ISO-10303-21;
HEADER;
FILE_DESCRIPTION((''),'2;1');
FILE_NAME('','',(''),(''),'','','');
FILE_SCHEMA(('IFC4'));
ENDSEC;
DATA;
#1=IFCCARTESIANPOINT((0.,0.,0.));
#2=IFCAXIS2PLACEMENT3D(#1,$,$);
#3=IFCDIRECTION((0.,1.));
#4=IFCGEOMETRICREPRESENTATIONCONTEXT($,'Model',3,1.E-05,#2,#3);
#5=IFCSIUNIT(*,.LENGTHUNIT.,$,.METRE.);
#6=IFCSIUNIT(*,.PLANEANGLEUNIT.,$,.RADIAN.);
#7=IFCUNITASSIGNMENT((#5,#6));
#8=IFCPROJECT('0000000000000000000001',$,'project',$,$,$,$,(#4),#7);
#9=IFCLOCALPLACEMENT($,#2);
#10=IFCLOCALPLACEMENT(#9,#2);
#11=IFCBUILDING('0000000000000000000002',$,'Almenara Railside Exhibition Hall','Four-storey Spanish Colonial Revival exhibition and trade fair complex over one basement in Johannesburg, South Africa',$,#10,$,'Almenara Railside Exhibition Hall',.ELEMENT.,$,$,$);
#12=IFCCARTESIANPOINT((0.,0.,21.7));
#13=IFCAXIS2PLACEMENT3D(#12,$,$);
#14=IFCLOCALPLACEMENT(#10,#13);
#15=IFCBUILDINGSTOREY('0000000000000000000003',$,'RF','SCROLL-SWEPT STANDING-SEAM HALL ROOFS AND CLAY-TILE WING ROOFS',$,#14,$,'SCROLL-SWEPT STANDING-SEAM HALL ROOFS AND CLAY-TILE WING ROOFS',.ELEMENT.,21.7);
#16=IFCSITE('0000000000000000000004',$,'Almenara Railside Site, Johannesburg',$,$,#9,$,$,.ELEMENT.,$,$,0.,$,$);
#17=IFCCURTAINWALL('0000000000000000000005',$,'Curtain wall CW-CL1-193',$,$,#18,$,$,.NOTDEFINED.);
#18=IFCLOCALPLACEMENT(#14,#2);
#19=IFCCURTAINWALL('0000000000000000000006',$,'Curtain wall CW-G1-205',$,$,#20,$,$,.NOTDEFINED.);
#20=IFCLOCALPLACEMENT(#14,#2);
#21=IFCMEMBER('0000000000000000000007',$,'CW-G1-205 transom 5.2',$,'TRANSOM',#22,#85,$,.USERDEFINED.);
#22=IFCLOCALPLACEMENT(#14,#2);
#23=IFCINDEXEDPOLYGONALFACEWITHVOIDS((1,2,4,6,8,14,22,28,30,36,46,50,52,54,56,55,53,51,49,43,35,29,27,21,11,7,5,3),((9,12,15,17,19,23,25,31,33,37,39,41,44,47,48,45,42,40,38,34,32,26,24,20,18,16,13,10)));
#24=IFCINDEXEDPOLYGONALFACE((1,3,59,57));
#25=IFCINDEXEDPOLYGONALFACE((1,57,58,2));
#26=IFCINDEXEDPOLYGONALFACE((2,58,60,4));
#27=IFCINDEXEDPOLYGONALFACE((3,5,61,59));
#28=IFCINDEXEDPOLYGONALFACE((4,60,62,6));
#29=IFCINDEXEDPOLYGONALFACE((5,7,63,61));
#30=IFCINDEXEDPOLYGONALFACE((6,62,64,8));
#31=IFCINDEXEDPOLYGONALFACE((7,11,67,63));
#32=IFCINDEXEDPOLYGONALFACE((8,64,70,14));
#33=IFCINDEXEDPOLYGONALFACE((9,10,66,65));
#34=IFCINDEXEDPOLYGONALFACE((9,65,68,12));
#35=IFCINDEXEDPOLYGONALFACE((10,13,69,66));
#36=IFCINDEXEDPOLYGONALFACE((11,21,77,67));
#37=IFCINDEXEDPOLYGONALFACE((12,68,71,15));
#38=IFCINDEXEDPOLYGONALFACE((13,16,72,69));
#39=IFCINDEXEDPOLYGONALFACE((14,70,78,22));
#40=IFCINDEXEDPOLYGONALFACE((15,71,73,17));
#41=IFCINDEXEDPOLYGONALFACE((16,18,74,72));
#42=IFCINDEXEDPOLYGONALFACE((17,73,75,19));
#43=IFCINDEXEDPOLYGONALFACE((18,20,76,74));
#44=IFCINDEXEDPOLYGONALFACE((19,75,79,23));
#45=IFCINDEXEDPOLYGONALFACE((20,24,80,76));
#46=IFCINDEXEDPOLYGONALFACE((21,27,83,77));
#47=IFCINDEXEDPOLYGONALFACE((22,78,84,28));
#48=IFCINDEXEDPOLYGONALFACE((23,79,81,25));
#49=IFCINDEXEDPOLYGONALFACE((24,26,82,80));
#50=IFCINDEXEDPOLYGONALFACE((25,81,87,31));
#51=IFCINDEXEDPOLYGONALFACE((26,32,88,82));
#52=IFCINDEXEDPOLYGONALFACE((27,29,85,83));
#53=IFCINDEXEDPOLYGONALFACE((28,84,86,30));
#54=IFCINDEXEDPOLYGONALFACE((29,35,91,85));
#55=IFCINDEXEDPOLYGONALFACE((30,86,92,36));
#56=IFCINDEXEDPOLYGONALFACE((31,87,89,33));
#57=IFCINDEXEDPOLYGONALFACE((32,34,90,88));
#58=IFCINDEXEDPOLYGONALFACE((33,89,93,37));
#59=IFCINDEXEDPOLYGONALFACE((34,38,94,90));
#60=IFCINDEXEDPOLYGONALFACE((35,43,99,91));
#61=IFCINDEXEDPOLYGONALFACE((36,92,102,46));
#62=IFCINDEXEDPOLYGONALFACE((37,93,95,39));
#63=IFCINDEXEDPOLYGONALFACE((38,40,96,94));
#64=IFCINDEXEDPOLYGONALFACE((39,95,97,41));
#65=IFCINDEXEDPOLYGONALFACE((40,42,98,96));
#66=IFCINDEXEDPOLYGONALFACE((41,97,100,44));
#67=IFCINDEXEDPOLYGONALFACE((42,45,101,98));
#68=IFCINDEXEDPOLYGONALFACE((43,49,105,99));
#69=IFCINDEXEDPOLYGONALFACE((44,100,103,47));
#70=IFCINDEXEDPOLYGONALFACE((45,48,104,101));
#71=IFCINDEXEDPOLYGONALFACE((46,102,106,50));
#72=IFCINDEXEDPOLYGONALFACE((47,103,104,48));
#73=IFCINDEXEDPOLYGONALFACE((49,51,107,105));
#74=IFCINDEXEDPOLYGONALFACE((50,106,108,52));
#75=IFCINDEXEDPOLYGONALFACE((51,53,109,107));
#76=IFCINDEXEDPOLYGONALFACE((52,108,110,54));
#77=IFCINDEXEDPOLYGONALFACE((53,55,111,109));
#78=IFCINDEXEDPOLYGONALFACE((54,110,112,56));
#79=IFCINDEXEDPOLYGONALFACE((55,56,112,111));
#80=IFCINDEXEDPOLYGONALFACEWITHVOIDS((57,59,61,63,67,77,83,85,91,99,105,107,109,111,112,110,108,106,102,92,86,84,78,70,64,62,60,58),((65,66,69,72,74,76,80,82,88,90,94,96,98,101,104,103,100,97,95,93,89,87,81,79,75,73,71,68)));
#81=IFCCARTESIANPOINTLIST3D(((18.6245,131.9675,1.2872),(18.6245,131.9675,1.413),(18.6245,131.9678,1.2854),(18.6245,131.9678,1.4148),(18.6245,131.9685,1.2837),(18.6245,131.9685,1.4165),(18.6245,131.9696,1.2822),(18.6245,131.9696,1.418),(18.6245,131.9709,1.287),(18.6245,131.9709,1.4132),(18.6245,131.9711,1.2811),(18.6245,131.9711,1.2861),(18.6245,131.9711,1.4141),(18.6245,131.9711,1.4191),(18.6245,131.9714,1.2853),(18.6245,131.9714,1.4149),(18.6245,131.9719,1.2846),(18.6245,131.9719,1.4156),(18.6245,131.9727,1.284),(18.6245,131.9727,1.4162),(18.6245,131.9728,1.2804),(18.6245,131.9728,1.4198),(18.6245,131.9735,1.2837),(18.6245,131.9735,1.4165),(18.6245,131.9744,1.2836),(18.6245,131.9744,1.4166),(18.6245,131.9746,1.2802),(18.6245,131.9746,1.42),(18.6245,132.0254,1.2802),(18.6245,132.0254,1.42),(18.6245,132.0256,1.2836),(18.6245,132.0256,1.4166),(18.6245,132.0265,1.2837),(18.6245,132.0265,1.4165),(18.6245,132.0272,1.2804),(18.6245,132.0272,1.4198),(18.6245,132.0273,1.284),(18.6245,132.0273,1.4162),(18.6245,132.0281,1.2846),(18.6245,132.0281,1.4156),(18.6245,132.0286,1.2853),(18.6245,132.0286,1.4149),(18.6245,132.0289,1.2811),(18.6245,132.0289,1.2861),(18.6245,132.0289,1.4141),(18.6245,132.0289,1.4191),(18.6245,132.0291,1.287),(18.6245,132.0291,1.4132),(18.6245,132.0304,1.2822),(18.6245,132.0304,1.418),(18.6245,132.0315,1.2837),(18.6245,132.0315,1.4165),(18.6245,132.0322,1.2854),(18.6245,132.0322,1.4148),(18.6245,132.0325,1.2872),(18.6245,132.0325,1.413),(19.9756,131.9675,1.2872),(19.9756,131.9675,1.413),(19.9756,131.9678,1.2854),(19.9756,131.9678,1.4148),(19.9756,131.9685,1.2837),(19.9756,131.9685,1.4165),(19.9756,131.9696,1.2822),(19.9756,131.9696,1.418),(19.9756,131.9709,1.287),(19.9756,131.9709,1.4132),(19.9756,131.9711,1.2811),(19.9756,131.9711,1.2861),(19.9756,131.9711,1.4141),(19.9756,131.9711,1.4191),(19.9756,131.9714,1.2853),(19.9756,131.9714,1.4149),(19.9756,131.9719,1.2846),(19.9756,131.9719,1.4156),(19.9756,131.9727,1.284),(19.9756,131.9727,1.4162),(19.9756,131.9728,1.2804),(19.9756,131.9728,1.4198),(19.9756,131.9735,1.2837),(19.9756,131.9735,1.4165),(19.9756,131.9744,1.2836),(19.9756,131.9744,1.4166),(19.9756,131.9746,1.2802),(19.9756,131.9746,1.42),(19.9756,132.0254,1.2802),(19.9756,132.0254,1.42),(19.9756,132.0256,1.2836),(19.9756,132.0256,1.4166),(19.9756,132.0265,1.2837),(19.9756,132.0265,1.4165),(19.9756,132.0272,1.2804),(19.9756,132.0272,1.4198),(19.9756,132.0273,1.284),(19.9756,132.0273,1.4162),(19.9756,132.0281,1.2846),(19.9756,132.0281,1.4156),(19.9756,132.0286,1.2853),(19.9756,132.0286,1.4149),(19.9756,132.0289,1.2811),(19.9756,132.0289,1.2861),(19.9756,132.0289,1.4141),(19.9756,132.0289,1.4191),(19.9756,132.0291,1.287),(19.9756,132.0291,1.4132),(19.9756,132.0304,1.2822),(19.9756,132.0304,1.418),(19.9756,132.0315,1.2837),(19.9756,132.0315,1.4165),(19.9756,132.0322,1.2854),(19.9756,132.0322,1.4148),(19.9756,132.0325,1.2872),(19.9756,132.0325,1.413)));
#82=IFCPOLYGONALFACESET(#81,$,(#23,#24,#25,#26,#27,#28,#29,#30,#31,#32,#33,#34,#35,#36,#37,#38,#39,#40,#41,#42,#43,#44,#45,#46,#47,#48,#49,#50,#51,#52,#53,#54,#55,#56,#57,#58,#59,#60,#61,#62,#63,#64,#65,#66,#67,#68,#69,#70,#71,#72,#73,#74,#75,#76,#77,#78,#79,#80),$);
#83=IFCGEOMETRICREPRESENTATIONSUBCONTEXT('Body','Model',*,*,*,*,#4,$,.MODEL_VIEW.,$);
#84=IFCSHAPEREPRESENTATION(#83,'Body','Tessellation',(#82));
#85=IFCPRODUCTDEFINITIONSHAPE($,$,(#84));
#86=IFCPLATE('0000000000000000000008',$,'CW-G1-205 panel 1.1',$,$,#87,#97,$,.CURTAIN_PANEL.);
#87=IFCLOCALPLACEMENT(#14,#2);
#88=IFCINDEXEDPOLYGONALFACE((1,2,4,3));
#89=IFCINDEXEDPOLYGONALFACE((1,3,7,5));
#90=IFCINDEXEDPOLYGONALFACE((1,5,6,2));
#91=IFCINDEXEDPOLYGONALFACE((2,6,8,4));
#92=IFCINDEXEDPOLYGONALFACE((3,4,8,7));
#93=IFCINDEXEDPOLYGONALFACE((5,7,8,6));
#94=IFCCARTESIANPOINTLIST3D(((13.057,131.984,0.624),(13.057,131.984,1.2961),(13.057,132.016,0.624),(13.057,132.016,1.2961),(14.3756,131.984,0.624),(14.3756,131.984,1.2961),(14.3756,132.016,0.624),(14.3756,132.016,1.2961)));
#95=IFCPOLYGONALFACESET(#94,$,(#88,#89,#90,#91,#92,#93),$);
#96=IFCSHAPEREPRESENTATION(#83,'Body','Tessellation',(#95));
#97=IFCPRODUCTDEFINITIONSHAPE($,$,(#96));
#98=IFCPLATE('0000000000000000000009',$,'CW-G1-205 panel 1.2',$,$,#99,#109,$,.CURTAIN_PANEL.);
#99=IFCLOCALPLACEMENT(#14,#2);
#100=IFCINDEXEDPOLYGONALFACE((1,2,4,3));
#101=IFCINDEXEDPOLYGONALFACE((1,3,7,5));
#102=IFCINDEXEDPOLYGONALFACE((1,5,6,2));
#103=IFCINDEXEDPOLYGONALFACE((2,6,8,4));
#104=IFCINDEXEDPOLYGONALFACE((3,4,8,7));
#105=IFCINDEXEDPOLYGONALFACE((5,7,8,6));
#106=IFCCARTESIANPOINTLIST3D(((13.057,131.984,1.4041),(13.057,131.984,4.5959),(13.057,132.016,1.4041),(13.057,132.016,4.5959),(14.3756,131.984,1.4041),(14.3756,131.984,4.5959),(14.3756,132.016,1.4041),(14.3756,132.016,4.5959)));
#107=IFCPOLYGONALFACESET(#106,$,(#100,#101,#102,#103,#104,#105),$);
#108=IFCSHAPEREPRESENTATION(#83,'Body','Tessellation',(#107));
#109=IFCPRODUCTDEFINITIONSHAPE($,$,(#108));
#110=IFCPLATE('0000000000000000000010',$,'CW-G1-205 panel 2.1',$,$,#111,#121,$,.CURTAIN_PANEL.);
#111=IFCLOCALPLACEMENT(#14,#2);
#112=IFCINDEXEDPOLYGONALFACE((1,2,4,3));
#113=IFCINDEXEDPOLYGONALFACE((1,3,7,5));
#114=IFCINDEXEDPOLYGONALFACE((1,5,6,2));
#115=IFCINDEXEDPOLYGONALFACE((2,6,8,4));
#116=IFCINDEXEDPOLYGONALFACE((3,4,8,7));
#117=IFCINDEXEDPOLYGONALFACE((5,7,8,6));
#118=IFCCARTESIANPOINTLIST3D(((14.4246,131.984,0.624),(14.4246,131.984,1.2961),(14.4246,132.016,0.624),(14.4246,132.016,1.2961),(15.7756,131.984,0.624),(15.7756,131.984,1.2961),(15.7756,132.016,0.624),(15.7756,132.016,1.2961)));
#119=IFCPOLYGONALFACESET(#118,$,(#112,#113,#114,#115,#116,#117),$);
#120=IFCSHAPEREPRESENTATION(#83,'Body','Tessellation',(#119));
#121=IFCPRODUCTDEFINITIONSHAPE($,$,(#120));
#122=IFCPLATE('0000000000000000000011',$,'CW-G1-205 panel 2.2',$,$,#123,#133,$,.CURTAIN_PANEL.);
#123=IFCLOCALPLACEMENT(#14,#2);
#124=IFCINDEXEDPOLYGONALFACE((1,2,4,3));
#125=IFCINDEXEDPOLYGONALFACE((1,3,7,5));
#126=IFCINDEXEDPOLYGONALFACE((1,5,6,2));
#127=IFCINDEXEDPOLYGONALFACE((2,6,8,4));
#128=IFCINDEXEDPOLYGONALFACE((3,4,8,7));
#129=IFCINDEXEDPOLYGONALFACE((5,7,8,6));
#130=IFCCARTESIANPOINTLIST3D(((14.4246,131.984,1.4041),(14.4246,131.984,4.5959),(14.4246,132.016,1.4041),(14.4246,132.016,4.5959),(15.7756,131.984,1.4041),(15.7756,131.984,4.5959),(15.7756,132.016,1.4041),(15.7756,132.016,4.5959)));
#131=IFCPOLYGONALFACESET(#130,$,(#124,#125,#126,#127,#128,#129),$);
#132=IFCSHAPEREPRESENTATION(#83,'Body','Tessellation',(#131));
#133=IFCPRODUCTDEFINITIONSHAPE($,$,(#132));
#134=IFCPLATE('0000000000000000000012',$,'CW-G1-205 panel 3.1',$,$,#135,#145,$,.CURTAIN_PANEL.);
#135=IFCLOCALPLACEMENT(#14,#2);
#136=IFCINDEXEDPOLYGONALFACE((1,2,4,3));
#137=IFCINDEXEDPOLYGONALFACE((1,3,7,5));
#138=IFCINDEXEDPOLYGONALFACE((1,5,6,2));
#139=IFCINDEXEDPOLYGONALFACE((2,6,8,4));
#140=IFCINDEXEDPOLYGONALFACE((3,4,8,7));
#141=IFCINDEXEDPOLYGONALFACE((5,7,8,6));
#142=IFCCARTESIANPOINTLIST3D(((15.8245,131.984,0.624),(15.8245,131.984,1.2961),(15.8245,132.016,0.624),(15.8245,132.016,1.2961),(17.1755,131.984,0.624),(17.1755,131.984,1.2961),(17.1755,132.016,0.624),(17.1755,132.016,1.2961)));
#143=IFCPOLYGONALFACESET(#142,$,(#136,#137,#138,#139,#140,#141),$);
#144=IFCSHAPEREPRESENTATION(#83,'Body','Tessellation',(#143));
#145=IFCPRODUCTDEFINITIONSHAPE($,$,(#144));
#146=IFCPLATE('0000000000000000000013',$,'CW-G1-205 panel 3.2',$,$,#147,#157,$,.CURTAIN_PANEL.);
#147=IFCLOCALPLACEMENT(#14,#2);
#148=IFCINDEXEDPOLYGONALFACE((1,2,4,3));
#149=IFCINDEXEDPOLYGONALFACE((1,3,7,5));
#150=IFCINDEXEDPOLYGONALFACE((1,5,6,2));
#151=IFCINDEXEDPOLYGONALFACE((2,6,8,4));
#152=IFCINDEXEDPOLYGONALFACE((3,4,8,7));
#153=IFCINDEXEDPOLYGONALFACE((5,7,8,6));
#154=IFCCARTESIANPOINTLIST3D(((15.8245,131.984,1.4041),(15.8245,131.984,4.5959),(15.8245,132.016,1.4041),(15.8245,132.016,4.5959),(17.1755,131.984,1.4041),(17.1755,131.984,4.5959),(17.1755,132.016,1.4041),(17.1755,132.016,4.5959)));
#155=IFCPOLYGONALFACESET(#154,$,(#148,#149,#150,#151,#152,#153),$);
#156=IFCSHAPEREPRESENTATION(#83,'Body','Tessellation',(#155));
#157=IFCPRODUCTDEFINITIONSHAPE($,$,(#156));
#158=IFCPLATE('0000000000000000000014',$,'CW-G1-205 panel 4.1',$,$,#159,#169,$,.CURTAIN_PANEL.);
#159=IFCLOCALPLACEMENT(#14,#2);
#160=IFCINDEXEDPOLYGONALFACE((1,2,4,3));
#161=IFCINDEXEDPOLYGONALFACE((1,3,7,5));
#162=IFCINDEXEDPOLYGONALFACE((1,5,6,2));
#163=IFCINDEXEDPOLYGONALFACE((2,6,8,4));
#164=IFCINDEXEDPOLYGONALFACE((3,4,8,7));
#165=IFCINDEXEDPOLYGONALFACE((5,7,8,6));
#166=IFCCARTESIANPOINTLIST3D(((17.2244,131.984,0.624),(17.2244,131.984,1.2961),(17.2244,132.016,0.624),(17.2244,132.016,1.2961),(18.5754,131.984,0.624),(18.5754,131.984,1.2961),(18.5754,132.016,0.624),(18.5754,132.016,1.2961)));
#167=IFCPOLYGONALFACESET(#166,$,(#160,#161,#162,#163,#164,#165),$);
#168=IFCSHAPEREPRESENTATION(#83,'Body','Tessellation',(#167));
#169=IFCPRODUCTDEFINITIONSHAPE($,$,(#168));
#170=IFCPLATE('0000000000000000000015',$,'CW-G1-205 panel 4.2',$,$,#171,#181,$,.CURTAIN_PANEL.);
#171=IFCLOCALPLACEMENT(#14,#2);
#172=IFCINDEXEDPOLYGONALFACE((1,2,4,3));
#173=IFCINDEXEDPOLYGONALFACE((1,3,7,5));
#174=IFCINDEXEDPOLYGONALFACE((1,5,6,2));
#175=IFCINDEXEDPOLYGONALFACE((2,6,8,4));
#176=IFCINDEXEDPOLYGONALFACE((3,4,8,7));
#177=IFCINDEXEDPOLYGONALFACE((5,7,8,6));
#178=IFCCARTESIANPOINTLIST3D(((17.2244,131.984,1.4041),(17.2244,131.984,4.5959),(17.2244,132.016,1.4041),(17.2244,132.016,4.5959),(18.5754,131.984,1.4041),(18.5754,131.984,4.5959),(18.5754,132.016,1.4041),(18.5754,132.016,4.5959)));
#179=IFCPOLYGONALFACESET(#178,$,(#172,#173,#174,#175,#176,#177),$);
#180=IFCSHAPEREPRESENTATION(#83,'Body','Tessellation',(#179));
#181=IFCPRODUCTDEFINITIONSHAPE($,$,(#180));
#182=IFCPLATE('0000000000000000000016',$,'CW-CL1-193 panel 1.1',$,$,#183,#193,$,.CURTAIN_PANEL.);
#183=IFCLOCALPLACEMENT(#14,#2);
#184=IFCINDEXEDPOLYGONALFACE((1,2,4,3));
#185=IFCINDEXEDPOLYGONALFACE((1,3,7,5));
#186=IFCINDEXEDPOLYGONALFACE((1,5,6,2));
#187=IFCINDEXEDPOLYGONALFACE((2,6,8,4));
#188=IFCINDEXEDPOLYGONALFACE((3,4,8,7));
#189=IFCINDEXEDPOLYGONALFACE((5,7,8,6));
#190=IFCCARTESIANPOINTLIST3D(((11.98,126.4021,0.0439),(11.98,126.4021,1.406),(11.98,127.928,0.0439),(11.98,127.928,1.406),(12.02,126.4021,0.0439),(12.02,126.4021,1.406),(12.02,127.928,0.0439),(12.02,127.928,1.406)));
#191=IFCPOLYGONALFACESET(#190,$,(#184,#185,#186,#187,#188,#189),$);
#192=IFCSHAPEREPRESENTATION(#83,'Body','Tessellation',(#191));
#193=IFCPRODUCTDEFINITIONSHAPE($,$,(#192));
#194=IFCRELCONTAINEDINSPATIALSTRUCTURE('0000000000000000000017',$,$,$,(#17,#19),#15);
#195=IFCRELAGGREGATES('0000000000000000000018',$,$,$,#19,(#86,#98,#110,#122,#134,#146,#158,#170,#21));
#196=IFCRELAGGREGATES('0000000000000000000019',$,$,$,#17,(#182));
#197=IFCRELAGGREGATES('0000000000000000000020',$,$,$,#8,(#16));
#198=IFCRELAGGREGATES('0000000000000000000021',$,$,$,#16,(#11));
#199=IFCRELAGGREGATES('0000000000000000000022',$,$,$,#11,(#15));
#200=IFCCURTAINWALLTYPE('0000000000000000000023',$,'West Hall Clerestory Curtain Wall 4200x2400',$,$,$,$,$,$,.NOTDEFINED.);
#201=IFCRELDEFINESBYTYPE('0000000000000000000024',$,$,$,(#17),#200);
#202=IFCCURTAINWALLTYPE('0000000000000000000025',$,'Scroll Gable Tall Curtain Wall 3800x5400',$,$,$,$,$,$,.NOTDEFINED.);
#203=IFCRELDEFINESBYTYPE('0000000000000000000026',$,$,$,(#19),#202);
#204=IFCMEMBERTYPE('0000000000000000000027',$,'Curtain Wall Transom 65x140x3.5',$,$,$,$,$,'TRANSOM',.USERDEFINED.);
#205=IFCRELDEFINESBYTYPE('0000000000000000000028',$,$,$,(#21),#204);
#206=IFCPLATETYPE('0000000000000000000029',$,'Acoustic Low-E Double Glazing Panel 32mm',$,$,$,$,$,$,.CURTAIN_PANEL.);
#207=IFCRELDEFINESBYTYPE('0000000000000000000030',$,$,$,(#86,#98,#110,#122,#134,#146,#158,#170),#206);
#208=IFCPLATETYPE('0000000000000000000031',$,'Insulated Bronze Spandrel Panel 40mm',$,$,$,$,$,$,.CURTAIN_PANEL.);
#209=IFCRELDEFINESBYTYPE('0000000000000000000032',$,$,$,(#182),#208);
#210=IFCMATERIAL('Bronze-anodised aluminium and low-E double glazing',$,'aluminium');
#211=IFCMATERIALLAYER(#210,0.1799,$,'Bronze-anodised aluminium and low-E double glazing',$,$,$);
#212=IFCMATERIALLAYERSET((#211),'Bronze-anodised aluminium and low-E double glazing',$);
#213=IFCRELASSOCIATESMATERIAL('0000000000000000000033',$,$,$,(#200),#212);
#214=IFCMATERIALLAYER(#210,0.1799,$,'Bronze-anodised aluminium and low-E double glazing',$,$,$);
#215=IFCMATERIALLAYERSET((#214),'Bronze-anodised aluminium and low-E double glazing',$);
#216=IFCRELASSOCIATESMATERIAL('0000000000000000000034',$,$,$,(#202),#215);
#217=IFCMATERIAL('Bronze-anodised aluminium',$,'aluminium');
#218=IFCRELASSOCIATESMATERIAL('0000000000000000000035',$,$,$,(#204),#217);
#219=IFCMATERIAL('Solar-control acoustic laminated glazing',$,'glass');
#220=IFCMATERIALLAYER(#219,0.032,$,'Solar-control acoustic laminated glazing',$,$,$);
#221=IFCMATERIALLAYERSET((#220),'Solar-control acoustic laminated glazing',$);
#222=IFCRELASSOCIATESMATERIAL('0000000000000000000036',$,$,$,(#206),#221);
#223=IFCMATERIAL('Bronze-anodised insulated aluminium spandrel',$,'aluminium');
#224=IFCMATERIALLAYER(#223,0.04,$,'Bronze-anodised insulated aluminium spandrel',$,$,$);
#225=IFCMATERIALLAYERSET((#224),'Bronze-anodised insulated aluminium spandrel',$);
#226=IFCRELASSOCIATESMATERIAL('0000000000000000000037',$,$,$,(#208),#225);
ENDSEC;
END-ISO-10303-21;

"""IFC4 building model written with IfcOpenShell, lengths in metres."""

from ifc_helpers import new_model, si_unit, direction, frame, origin, origin_2d, place, context, subcontext, project, spatial, rectangle, hollow_rectangle, extrude, material, layer, layer_set, material_profile, profile_set, type_object, element, aggregate, save


model = new_model("IFC4")

# Units and contexts
model_context = context("Model", 3, precision=1e-05, world=origin(), true_north=direction((0.0, 1.0)))
body_context = subcontext(model_context, "Body", "Model", "MODEL_VIEW")
ifc_project = project(units=[si_unit("LENGTHUNIT", "METRE"), si_unit("PLANEANGLEUNIT", "RADIAN")], contexts=[model_context])

# Site, building, storey
site_placement = place(None, origin())
site = spatial("IfcSite", under=ifc_project, at=site_placement, Name="Almenara Railside Site, Johannesburg", CompositionType="ELEMENT", RefElevation=0.0)
building_placement = place(site_placement, origin())
building = spatial("IfcBuilding", under=site, at=building_placement, Name="Almenara Railside Exhibition Hall", Description="Four-storey Spanish Colonial Revival exhibition and trade fair complex over one basement in Johannesburg, South Africa", LongName="Almenara Railside Exhibition Hall", CompositionType="ELEMENT")
storey_placement = place(building_placement, frame((0.0, 0.0, 21.7)))
storey = spatial("IfcBuildingStorey", under=building, at=storey_placement, Name="RF", Description="SCROLL-SWEPT STANDING-SEAM HALL ROOFS AND CLAY-TILE WING ROOFS", LongName="SCROLL-SWEPT STANDING-SEAM HALL ROOFS AND CLAY-TILE WING ROOFS", CompositionType="ELEMENT", Elevation=21.7)

# Curtain walls
ifc_material_1 = material(Name="Bronze-anodised aluminium and low-E double glazing", Category="aluminium")
ifc_layer_1 = layer(ifc_material_1, 0.1799, Name="Bronze-anodised aluminium and low-E double glazing")
ifc_layer_set_1 = layer_set([ifc_layer_1], Name="Bronze-anodised aluminium and low-E double glazing")
curtain_wall_type_1 = type_object("IfcCurtainWallType", Name="West Hall Clerestory Curtain Wall 4200x2400", PredefinedType="NOTDEFINED", material=ifc_layer_set_1)
curtain_wall_1_placement = place(storey_placement, origin())
curtain_wall_1 = element("IfcCurtainWall", 1, at=curtain_wall_1_placement, inside=storey, type_object=curtain_wall_type_1, Name="Curtain wall CW-CL1-193", PredefinedType="NOTDEFINED")
ifc_material_2 = material(Name="Bronze-anodised aluminium", Category="aluminium")
ifc_layer_2 = layer(ifc_material_1, 0.1799, Name="Bronze-anodised aluminium and low-E double glazing")
ifc_layer_set_2 = layer_set([ifc_layer_2], Name="Bronze-anodised aluminium and low-E double glazing")
curtain_wall_type_2 = type_object("IfcCurtainWallType", Name="Scroll Gable Tall Curtain Wall 3800x5400", PredefinedType="NOTDEFINED", material=ifc_layer_set_2)
curtain_wall_2_placement = place(storey_placement, origin())
curtain_wall_2 = element("IfcCurtainWall", 2, at=curtain_wall_2_placement, inside=storey, type_object=curtain_wall_type_2, Name="Curtain wall CW-G1-205", PredefinedType="NOTDEFINED")

# Member
ifc_material_profile_1 = material_profile(ifc_material_2, hollow_rectangle(XDim=0.0649, YDim=0.1399, WallThickness=0.0034, InnerFilletRadius=0.0034, OuterFilletRadius=0.0071, at=origin_2d()), Name="ALU-TRN 65x140x3.5")
ifc_profile_set_1 = profile_set([ifc_material_profile_1], Name="Bronze-anodised aluminium")
member_type_1 = type_object("IfcMemberType", Name="Curtain Wall Transom 65x140x3.5", ElementType="TRANSOM", PredefinedType="USERDEFINED", material=ifc_profile_set_1)
member_1_placement = place(storey_placement, frame((18.6245, 132.0, 1.3501), z_axis=(1.0, 0.0, 0.0), x_axis=(0.0, 1.0, 0.0)))
member_1 = element("IfcMember", 3, at=member_1_placement, type_object=member_type_1, Name="CW-G1-205 transom 5.2", ObjectType="TRANSOM", PredefinedType="USERDEFINED", context=body_context, shape_type="SweptSolid", body=[
    extrude(hollow_rectangle(XDim=0.0649, YDim=0.1399, WallThickness=0.0034, InnerFilletRadius=0.0034, OuterFilletRadius=0.0071, at=origin_2d()), origin(), (0.0, 0.0, 1.0), 1.3511),
])

# Plates
ifc_material_3 = material(Name="Solar-control acoustic laminated glazing", Category="glass")
ifc_layer_3 = layer(ifc_material_3, 0.032, Name="Solar-control acoustic laminated glazing")
ifc_layer_set_3 = layer_set([ifc_layer_3], Name="Solar-control acoustic laminated glazing")
plate_type_1 = type_object("IfcPlateType", Name="Acoustic Low-E Double Glazing Panel 32mm", PredefinedType="CURTAIN_PANEL", material=ifc_layer_set_3)
plate_1_placement = place(storey_placement, frame((13.7163, 132.0, 0.624), z_axis=(0.0, 0.0, 1.0), x_axis=(1.0, 0.0, 0.0)))
plate_1 = element("IfcPlate", 4, at=plate_1_placement, type_object=plate_type_1, Name="CW-G1-205 panel 1.1", PredefinedType="CURTAIN_PANEL", context=body_context, shape_type="SweptSolid", body=[
    extrude(rectangle(XDim=1.3186, YDim=0.032, at=origin_2d()), origin(), (0.0, 0.0, 1.0), 0.6721),
])
plate_2_placement = place(storey_placement, frame((13.7163, 132.0, 1.4041), z_axis=(0.0, 0.0, 1.0), x_axis=(1.0, 0.0, 0.0)))
plate_2 = element("IfcPlate", 5, at=plate_2_placement, type_object=plate_type_1, Name="CW-G1-205 panel 1.2", PredefinedType="CURTAIN_PANEL", context=body_context, shape_type="SweptSolid", body=[
    extrude(rectangle(XDim=1.3186, YDim=0.032, at=origin_2d()), origin(), (0.0, 0.0, 1.0), 3.1919),
])
plate_3_placement = place(storey_placement, frame((15.1001, 132.0, 0.624), z_axis=(0.0, 0.0, 1.0), x_axis=(1.0, 0.0, 0.0)))
plate_3 = element("IfcPlate", 6, at=plate_3_placement, type_object=plate_type_1, Name="CW-G1-205 panel 2.1", PredefinedType="CURTAIN_PANEL", context=body_context, shape_type="SweptSolid", body=[
    extrude(rectangle(XDim=1.3511, YDim=0.032, at=origin_2d()), origin(), (0.0, 0.0, 1.0), 0.6721),
])
plate_4_placement = place(storey_placement, frame((15.1001, 132.0, 1.4041), z_axis=(0.0, 0.0, 1.0), x_axis=(1.0, 0.0, 0.0)))
plate_4 = element("IfcPlate", 7, at=plate_4_placement, type_object=plate_type_1, Name="CW-G1-205 panel 2.2", PredefinedType="CURTAIN_PANEL", context=body_context, shape_type="SweptSolid", body=[
    extrude(rectangle(XDim=1.3511, YDim=0.032, at=origin_2d()), origin(), (0.0, 0.0, 1.0), 3.1919),
])
plate_5_placement = place(storey_placement, frame((16.5, 132.0, 0.624), z_axis=(0.0, 0.0, 1.0), x_axis=(1.0, 0.0, 0.0)))
plate_5 = element("IfcPlate", 8, at=plate_5_placement, type_object=plate_type_1, Name="CW-G1-205 panel 3.1", PredefinedType="CURTAIN_PANEL", context=body_context, shape_type="SweptSolid", body=[
    extrude(rectangle(XDim=1.3511, YDim=0.032, at=origin_2d()), origin(), (0.0, 0.0, 1.0), 0.6721),
])
plate_6_placement = place(storey_placement, frame((16.5, 132.0, 1.4041), z_axis=(0.0, 0.0, 1.0), x_axis=(1.0, 0.0, 0.0)))
plate_6 = element("IfcPlate", 9, at=plate_6_placement, type_object=plate_type_1, Name="CW-G1-205 panel 3.2", PredefinedType="CURTAIN_PANEL", context=body_context, shape_type="SweptSolid", body=[
    extrude(rectangle(XDim=1.3511, YDim=0.032, at=origin_2d()), origin(), (0.0, 0.0, 1.0), 3.1919),
])
plate_7_placement = place(storey_placement, frame((17.8999, 132.0, 0.624), z_axis=(0.0, 0.0, 1.0), x_axis=(1.0, 0.0, 0.0)))
plate_7 = element("IfcPlate", 10, at=plate_7_placement, type_object=plate_type_1, Name="CW-G1-205 panel 4.1", PredefinedType="CURTAIN_PANEL", context=body_context, shape_type="SweptSolid", body=[
    extrude(rectangle(XDim=1.3511, YDim=0.032, at=origin_2d()), origin(), (0.0, 0.0, 1.0), 0.6721),
])
plate_8_placement = place(storey_placement, frame((17.8999, 132.0, 1.4041), z_axis=(0.0, 0.0, 1.0), x_axis=(1.0, 0.0, 0.0)))
plate_8 = element("IfcPlate", 11, at=plate_8_placement, type_object=plate_type_1, Name="CW-G1-205 panel 4.2", PredefinedType="CURTAIN_PANEL", context=body_context, shape_type="SweptSolid", body=[
    extrude(rectangle(XDim=1.3511, YDim=0.032, at=origin_2d()), origin(), (0.0, 0.0, 1.0), 3.1919),
])
aggregate(curtain_wall_2, [plate_1, plate_2, plate_3, plate_4, plate_5, plate_6, plate_7, plate_8, member_1])
ifc_material_4 = material(Name="Bronze-anodised insulated aluminium spandrel", Category="aluminium")
ifc_layer_4 = layer(ifc_material_4, 0.04, Name="Bronze-anodised insulated aluminium spandrel")
ifc_layer_set_4 = layer_set([ifc_layer_4], Name="Bronze-anodised insulated aluminium spandrel")
plate_type_2 = type_object("IfcPlateType", Name="Insulated Bronze Spandrel Panel 40mm", PredefinedType="CURTAIN_PANEL", material=ifc_layer_set_4)
plate_9_placement = place(storey_placement, frame((12.0, 127.165, 0.0439), z_axis=(0.0, 0.0, 1.0), x_axis=(0.0, 1.0, 0.0)))
plate_9 = element("IfcPlate", 12, at=plate_9_placement, type_object=plate_type_2, Name="CW-CL1-193 panel 1.1", PredefinedType="CURTAIN_PANEL", context=body_context, shape_type="SweptSolid", body=[
    extrude(rectangle(XDim=1.5259, YDim=0.04, at=origin_2d()), origin(), (0.0, 0.0, 1.0), 1.3621),
])
aggregate(curtain_wall_1, [plate_9])

save(model, "model.ifc")
